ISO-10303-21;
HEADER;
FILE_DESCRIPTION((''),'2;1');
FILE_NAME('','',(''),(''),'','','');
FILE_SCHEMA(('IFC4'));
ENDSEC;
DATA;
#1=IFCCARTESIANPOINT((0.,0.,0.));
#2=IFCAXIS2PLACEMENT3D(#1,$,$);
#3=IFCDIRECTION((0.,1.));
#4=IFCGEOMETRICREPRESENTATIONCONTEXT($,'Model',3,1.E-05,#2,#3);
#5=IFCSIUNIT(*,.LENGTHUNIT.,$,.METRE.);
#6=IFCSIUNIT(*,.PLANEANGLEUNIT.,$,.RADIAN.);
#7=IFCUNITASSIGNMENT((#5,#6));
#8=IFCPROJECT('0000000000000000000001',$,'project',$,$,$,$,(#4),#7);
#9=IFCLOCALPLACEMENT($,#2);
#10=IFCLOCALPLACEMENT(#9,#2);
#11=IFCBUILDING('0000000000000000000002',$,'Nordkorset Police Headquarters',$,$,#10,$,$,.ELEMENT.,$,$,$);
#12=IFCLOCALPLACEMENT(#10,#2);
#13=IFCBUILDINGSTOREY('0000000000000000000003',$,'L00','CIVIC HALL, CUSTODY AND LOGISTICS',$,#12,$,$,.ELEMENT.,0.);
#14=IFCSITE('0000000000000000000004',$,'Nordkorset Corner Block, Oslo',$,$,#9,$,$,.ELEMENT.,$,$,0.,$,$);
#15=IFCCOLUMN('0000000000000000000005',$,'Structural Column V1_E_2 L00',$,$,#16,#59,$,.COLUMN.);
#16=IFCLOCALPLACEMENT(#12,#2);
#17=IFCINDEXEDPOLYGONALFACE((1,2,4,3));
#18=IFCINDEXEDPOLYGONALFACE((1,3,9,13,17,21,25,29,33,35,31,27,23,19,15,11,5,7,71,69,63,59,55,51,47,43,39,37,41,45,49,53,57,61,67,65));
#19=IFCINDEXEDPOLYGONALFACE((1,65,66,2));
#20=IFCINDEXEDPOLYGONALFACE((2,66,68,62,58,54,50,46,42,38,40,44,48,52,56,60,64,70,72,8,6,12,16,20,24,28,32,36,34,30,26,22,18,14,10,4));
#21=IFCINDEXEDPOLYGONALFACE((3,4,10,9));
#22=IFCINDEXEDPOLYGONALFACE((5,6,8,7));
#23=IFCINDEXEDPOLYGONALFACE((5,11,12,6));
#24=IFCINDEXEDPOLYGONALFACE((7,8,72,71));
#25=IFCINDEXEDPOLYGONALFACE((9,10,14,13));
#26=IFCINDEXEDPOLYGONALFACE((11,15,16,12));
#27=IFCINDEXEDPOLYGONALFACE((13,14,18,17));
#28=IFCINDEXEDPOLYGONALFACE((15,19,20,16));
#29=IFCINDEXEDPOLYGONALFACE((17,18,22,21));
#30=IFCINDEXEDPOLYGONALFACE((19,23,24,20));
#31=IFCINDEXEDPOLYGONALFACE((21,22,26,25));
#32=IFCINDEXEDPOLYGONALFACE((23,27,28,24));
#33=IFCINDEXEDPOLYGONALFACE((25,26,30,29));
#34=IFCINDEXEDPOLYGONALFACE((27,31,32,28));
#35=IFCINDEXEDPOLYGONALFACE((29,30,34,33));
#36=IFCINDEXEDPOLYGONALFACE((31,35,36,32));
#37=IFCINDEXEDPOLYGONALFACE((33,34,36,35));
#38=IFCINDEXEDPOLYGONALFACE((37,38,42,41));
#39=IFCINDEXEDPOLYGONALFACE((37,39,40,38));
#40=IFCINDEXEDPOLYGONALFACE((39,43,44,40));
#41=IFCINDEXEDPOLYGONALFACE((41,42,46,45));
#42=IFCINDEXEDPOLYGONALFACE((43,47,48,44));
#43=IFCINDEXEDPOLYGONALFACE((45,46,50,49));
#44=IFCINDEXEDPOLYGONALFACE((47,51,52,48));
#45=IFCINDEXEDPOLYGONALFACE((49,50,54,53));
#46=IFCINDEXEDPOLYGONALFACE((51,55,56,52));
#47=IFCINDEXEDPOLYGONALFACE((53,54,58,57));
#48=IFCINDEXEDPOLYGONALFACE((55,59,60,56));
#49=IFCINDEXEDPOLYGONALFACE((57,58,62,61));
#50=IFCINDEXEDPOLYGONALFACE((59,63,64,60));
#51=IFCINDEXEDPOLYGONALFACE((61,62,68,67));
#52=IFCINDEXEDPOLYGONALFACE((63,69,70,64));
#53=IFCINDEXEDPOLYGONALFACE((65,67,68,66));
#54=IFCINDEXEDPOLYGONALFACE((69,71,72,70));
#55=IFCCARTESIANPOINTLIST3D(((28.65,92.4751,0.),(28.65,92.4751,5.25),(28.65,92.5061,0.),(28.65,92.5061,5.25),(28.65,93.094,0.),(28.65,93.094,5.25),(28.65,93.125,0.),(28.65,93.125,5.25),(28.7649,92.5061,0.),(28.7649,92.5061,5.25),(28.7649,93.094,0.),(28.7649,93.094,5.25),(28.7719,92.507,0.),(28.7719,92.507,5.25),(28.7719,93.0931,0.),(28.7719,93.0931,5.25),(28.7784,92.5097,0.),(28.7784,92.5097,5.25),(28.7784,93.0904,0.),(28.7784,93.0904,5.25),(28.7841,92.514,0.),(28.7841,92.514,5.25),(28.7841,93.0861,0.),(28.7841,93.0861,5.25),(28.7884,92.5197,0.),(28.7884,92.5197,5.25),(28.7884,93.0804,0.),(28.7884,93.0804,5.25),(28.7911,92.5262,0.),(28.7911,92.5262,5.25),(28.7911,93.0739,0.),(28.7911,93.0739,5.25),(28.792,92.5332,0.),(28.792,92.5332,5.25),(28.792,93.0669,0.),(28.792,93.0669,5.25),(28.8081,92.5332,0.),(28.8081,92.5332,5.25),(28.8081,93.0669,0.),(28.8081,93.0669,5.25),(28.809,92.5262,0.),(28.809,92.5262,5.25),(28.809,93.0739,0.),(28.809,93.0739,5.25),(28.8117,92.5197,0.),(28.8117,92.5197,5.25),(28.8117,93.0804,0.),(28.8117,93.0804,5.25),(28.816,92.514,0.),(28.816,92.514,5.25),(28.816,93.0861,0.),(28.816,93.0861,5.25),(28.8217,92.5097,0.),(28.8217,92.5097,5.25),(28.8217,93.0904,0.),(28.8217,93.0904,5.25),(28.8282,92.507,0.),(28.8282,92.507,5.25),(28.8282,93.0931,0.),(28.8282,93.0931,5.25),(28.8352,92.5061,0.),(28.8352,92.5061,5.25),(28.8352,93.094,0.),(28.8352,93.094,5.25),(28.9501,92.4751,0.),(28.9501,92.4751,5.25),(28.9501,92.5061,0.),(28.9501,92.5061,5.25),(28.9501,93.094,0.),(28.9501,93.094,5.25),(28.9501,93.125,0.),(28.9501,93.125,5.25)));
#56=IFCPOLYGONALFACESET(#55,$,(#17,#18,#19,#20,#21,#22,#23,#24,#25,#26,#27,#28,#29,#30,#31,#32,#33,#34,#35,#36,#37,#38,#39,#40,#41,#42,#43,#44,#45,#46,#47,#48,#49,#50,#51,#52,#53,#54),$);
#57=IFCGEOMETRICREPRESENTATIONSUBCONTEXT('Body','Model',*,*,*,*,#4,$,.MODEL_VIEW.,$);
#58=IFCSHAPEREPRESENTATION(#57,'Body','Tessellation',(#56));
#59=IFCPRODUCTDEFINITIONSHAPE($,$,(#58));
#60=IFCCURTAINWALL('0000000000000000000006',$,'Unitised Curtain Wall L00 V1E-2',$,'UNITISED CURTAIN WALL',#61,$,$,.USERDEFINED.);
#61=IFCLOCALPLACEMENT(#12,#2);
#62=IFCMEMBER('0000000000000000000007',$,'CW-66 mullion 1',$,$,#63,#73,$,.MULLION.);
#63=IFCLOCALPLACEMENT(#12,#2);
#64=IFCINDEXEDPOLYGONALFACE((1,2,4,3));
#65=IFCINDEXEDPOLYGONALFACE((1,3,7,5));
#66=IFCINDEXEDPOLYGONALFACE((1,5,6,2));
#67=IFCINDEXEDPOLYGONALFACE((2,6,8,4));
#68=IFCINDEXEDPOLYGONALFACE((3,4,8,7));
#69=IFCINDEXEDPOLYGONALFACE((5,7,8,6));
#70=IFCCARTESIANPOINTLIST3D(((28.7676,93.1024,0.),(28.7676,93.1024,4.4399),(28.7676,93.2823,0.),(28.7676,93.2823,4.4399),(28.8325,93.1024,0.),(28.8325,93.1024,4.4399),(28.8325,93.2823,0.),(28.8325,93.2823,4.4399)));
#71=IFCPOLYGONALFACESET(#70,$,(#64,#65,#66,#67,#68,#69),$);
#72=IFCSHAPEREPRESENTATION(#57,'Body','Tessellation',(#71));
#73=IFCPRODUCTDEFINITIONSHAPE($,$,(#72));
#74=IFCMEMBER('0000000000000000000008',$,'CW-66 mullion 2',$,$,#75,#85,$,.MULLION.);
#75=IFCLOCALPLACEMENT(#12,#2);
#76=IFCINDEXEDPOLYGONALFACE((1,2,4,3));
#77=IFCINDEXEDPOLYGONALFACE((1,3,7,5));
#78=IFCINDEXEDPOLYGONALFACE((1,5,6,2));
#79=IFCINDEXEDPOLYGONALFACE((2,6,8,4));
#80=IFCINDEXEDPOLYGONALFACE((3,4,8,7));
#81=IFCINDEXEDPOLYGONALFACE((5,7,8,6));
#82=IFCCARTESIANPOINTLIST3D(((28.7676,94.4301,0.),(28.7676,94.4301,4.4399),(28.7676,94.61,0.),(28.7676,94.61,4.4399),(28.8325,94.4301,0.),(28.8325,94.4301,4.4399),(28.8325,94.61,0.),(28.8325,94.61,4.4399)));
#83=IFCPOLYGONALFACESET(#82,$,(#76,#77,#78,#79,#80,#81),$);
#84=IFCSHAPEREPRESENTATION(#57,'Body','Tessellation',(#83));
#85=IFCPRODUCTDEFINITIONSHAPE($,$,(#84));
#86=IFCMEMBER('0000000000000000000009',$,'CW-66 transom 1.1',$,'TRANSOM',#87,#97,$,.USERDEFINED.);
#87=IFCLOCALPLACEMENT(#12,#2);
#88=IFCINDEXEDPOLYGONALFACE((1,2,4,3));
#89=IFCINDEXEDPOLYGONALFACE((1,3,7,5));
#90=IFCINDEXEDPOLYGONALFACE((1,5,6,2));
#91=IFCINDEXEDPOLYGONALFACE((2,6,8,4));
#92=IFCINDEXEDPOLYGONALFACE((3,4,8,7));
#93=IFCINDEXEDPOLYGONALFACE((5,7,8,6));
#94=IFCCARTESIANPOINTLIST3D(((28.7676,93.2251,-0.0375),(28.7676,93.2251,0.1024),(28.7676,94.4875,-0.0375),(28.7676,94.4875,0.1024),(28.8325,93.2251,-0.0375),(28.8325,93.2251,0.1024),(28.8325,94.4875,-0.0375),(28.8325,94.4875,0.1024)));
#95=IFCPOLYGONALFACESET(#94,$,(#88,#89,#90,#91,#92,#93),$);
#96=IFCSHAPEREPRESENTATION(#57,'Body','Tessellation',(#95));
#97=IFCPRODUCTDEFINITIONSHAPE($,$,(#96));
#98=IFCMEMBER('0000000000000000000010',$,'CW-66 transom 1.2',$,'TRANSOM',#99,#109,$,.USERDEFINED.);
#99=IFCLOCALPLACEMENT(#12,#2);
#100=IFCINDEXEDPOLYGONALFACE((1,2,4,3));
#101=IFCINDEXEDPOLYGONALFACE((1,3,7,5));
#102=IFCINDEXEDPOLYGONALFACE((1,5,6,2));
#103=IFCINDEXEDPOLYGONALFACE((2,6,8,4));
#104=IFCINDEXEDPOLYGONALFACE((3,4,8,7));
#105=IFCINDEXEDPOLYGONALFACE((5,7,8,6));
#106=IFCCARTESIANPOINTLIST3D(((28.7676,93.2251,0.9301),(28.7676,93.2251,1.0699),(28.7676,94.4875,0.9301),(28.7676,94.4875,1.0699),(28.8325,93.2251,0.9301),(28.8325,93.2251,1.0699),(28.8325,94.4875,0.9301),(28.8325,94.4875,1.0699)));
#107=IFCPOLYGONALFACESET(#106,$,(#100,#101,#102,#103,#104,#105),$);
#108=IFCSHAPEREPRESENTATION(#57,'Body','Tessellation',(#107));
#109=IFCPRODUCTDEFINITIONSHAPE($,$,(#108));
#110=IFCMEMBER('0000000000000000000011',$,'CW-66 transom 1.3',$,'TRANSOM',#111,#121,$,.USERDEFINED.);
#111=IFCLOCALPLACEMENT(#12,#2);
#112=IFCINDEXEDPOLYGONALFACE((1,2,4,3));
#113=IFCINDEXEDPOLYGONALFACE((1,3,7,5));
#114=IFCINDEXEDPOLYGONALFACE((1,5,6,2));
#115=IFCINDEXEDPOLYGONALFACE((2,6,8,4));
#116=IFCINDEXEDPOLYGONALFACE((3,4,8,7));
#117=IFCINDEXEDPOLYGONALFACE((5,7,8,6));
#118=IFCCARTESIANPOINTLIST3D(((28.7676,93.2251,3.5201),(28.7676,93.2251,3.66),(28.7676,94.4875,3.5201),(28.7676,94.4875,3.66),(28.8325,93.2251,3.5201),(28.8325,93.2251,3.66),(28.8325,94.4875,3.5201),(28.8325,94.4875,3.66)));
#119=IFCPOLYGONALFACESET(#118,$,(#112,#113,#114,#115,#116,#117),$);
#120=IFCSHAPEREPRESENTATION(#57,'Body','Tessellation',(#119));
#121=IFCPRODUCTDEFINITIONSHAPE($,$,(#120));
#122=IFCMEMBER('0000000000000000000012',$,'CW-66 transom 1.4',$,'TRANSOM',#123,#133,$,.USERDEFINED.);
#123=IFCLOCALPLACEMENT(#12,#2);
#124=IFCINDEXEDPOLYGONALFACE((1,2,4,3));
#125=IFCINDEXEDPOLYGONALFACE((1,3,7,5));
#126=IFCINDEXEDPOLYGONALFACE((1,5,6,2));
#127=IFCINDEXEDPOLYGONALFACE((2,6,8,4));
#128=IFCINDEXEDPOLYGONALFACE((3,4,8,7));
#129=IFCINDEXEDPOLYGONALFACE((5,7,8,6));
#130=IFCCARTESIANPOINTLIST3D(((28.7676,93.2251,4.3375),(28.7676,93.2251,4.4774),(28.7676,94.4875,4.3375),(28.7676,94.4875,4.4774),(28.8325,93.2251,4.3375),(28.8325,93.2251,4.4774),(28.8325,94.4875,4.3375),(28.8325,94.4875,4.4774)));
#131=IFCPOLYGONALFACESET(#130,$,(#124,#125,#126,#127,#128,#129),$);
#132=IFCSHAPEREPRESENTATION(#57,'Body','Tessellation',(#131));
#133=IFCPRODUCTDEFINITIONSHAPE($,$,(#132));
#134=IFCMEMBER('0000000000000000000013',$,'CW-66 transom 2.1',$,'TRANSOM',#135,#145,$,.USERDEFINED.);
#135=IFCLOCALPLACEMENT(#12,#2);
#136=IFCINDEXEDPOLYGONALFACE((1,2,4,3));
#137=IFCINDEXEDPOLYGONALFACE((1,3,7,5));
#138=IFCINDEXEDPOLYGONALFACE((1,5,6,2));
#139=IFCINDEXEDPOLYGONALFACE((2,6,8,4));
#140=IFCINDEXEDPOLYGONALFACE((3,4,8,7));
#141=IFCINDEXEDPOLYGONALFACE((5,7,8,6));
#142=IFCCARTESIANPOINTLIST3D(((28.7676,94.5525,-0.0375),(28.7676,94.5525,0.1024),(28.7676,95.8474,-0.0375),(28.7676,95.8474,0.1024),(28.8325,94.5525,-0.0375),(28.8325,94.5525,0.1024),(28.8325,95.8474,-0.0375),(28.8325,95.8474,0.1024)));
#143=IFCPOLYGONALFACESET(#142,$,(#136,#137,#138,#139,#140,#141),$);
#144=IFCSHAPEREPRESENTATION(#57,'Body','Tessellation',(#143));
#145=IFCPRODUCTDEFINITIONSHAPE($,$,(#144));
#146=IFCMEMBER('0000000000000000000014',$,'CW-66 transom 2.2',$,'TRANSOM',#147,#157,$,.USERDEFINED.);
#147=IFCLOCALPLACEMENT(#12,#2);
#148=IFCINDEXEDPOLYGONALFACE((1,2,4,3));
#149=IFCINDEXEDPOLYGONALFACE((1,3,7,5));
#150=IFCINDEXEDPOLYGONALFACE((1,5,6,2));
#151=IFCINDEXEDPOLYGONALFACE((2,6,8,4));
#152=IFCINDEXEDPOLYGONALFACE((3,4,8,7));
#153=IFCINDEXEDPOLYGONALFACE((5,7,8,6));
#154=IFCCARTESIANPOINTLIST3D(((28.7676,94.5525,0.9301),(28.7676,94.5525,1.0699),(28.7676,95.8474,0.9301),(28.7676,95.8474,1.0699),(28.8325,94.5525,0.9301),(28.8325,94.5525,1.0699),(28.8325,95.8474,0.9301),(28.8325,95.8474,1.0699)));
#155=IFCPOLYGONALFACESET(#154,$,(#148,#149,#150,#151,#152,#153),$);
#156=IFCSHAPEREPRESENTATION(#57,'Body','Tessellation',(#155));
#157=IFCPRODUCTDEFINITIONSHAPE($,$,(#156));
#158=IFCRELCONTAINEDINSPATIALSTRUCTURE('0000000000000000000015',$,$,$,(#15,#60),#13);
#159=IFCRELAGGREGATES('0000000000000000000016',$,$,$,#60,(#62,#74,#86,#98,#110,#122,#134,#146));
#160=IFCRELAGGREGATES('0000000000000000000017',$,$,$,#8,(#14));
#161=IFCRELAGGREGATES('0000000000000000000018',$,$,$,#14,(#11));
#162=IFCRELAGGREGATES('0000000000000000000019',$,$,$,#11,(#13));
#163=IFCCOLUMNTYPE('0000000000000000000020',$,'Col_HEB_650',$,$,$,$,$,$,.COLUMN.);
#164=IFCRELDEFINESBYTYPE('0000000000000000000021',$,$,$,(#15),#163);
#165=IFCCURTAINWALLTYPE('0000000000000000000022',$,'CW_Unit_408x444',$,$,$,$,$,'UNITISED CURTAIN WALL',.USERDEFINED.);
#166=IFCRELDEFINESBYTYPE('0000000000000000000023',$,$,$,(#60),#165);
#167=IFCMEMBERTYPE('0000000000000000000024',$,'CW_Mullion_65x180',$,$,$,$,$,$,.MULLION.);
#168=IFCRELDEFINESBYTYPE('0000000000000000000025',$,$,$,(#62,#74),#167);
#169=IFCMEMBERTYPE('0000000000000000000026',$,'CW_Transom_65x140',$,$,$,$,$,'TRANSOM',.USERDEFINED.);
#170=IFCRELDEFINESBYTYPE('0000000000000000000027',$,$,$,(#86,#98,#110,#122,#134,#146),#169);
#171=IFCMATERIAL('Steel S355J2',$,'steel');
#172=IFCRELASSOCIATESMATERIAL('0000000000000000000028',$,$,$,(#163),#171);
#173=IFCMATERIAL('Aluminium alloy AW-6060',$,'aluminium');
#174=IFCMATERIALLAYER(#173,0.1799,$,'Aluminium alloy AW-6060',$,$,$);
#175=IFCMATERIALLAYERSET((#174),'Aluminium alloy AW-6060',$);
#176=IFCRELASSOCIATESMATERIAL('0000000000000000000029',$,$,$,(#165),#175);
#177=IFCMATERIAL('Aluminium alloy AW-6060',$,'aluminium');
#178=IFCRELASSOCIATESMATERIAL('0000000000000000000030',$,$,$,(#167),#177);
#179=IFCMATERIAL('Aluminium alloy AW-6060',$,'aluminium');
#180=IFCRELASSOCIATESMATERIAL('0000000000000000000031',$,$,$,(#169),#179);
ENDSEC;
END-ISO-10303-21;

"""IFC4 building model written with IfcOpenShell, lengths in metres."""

from ifc_helpers import new_model, si_unit, direction, frame, origin, origin_2d, place, context, subcontext, project, spatial, rectangle, i_section, extrude, material, layer, layer_set, material_profile, profile_set, type_object, element, aggregate, save


model = new_model("IFC4")

# Units and contexts
model_context = context("Model", 3, precision=1e-05, world=origin(), true_north=direction((0.0, 1.0)))
body_context = subcontext(model_context, "Body", "Model", "MODEL_VIEW")
ifc_project = project(units=[si_unit("LENGTHUNIT", "METRE"), si_unit("PLANEANGLEUNIT", "RADIAN")], contexts=[model_context])

# Site, building, storey
site_placement = place(None, origin())
site = spatial("IfcSite", under=ifc_project, at=site_placement, Name="Nordkorset Corner Block, Oslo", CompositionType="ELEMENT", RefElevation=0.0)
building_placement = place(site_placement, origin())
building = spatial("IfcBuilding", under=site, at=building_placement, Name="Nordkorset Police Headquarters", CompositionType="ELEMENT")
storey_placement = place(building_placement, origin())
storey = spatial("IfcBuildingStorey", under=building, at=storey_placement, Name="L00", Description="CIVIC HALL, CUSTODY AND LOGISTICS", CompositionType="ELEMENT", Elevation=0.0)

# Column
ifc_material_1 = material(Name="Steel S355J2", Category="steel")
ifc_material_profile_1 = material_profile(ifc_material_1, i_section(OverallWidth=0.3, OverallDepth=0.6499, WebThickness=0.0161, FlangeThickness=0.031, FilletRadius=0.0271, at=origin_2d()), Name="HEB 650")
ifc_profile_set_1 = profile_set([ifc_material_profile_1], Name="Steel S355J2")
column_type = type_object("IfcColumnType", Name="Col_HEB_650", PredefinedType="COLUMN", material=ifc_profile_set_1)
column_placement = place(storey_placement, frame((28.8, 92.8, 0.0), z_axis=(0.0, 0.0, 1.0), x_axis=(1.0, 0.0, 0.0)))
element("IfcColumn", 1, at=column_placement, inside=storey, type_object=column_type, Name="Structural Column V1_E_2 L00", PredefinedType="COLUMN", context=body_context, shape_type="SweptSolid", body=[
    extrude(i_section(OverallWidth=0.3, OverallDepth=0.6499, WebThickness=0.0161, FlangeThickness=0.031, FilletRadius=0.0271, at=origin_2d()), origin(), (0.0, 0.0, 1.0), 5.25),
])

# Curtain wall, members
ifc_material_2 = material(Name="Aluminium alloy AW-6060", Category="aluminium")
ifc_layer_1 = layer(ifc_material_2, 0.1799, Name="Aluminium alloy AW-6060")
ifc_layer_set_1 = layer_set([ifc_layer_1], Name="Aluminium alloy AW-6060")
curtain_wall_type = type_object("IfcCurtainWallType", Name="CW_Unit_408x444", ElementType="UNITISED CURTAIN WALL", PredefinedType="USERDEFINED", material=ifc_layer_set_1)
curtain_wall_placement = place(storey_placement, origin())
curtain_wall = element("IfcCurtainWall", 2, at=curtain_wall_placement, inside=storey, type_object=curtain_wall_type, Name="Unitised Curtain Wall L00 V1E-2", ObjectType="UNITISED CURTAIN WALL", PredefinedType="USERDEFINED")
ifc_material_3 = material(Name="Aluminium alloy AW-6060", Category="aluminium")
ifc_material_profile_2 = material_profile(ifc_material_3, rectangle(XDim=0.0649, YDim=0.1799, at=origin_2d()), Name="ALU MULL 65x180")
ifc_profile_set_2 = profile_set([ifc_material_profile_2], Name="Aluminium alloy AW-6060")
member_type_1 = type_object("IfcMemberType", Name="CW_Mullion_65x180", PredefinedType="MULLION", material=ifc_profile_set_2)
member_1_placement = place(storey_placement, frame((28.8, 93.1924, 0.0), z_axis=(0.0, 0.0, 1.0), x_axis=(-1.0, 0.0, 0.0)))
member_1 = element("IfcMember", 3, at=member_1_placement, type_object=member_type_1, Name="CW-66 mullion 1", PredefinedType="MULLION", context=body_context, shape_type="SweptSolid", body=[
    extrude(rectangle(XDim=0.0649, YDim=0.1799, at=origin_2d()), origin(), (0.0, 0.0, 1.0), 4.4399),
])
member_2_placement = place(storey_placement, frame((28.8, 94.52, 0.0), z_axis=(0.0, 0.0, 1.0), x_axis=(-1.0, 0.0, 0.0)))
member_2 = element("IfcMember", 4, at=member_2_placement, type_object=member_type_1, Name="CW-66 mullion 2", PredefinedType="MULLION", context=body_context, shape_type="SweptSolid", body=[
    extrude(rectangle(XDim=0.0649, YDim=0.1799, at=origin_2d()), origin(), (0.0, 0.0, 1.0), 4.4399),
])
ifc_material_4 = material(Name="Aluminium alloy AW-6060", Category="aluminium")
ifc_material_profile_3 = material_profile(ifc_material_4, rectangle(XDim=0.0649, YDim=0.1399, at=origin_2d()), Name="ALU TRAN 65x140")
ifc_profile_set_3 = profile_set([ifc_material_profile_3], Name="Aluminium alloy AW-6060")
member_type_2 = type_object("IfcMemberType", Name="CW_Transom_65x140", ElementType="TRANSOM", PredefinedType="USERDEFINED", material=ifc_profile_set_3)
member_3_placement = place(storey_placement, frame((28.8, 93.2251, 0.0325), z_axis=(0.0, 1.0, 0.0), x_axis=(-1.0, 0.0, 0.0)))
member_3 = element("IfcMember", 5, at=member_3_placement, type_object=member_type_2, Name="CW-66 transom 1.1", ObjectType="TRANSOM", PredefinedType="USERDEFINED", context=body_context, shape_type="SweptSolid", body=[
    extrude(rectangle(XDim=0.0649, YDim=0.1399, at=origin_2d()), origin(), (0.0, 0.0, 1.0), 1.2625),
])
member_4_placement = place(storey_placement, frame((28.8, 93.2251, 1.0), z_axis=(0.0, 1.0, 0.0), x_axis=(-1.0, 0.0, 0.0)))
member_4 = element("IfcMember", 6, at=member_4_placement, type_object=member_type_2, Name="CW-66 transom 1.2", ObjectType="TRANSOM", PredefinedType="USERDEFINED", context=body_context, shape_type="SweptSolid", body=[
    extrude(rectangle(XDim=0.0649, YDim=0.1399, at=origin_2d()), origin(), (0.0, 0.0, 1.0), 1.2625),
])
member_5_placement = place(storey_placement, frame((28.8, 93.2251, 3.5901), z_axis=(0.0, 1.0, 0.0), x_axis=(-1.0, 0.0, 0.0)))
member_5 = element("IfcMember", 7, at=member_5_placement, type_object=member_type_2, Name="CW-66 transom 1.3", ObjectType="TRANSOM", PredefinedType="USERDEFINED", context=body_context, shape_type="SweptSolid", body=[
    extrude(rectangle(XDim=0.0649, YDim=0.1399, at=origin_2d()), origin(), (0.0, 0.0, 1.0), 1.2625),
])
member_6_placement = place(storey_placement, frame((28.8, 93.2251, 4.4075), z_axis=(0.0, 1.0, 0.0), x_axis=(-1.0, 0.0, 0.0)))
member_6 = element("IfcMember", 8, at=member_6_placement, type_object=member_type_2, Name="CW-66 transom 1.4", ObjectType="TRANSOM", PredefinedType="USERDEFINED", context=body_context, shape_type="SweptSolid", body=[
    extrude(rectangle(XDim=0.0649, YDim=0.1399, at=origin_2d()), origin(), (0.0, 0.0, 1.0), 1.2625),
])
member_7_placement = place(storey_placement, frame((28.8, 94.5525, 0.0325), z_axis=(0.0, 1.0, 0.0), x_axis=(-1.0, 0.0, 0.0)))
member_7 = element("IfcMember", 9, at=member_7_placement, type_object=member_type_2, Name="CW-66 transom 2.1", ObjectType="TRANSOM", PredefinedType="USERDEFINED", context=body_context, shape_type="SweptSolid", body=[
    extrude(rectangle(XDim=0.0649, YDim=0.1399, at=origin_2d()), origin(), (0.0, 0.0, 1.0), 1.2949),
])
member_8_placement = place(storey_placement, frame((28.8, 94.5525, 1.0), z_axis=(0.0, 1.0, 0.0), x_axis=(-1.0, 0.0, 0.0)))
member_8 = element("IfcMember", 10, at=member_8_placement, type_object=member_type_2, Name="CW-66 transom 2.2", ObjectType="TRANSOM", PredefinedType="USERDEFINED", context=body_context, shape_type="SweptSolid", body=[
    extrude(rectangle(XDim=0.0649, YDim=0.1399, at=origin_2d()), origin(), (0.0, 0.0, 1.0), 1.2949),
])

aggregate(curtain_wall, [member_1, member_2, member_3, member_4, member_5, member_6, member_7, member_8])

save(model, "model.ifc")
